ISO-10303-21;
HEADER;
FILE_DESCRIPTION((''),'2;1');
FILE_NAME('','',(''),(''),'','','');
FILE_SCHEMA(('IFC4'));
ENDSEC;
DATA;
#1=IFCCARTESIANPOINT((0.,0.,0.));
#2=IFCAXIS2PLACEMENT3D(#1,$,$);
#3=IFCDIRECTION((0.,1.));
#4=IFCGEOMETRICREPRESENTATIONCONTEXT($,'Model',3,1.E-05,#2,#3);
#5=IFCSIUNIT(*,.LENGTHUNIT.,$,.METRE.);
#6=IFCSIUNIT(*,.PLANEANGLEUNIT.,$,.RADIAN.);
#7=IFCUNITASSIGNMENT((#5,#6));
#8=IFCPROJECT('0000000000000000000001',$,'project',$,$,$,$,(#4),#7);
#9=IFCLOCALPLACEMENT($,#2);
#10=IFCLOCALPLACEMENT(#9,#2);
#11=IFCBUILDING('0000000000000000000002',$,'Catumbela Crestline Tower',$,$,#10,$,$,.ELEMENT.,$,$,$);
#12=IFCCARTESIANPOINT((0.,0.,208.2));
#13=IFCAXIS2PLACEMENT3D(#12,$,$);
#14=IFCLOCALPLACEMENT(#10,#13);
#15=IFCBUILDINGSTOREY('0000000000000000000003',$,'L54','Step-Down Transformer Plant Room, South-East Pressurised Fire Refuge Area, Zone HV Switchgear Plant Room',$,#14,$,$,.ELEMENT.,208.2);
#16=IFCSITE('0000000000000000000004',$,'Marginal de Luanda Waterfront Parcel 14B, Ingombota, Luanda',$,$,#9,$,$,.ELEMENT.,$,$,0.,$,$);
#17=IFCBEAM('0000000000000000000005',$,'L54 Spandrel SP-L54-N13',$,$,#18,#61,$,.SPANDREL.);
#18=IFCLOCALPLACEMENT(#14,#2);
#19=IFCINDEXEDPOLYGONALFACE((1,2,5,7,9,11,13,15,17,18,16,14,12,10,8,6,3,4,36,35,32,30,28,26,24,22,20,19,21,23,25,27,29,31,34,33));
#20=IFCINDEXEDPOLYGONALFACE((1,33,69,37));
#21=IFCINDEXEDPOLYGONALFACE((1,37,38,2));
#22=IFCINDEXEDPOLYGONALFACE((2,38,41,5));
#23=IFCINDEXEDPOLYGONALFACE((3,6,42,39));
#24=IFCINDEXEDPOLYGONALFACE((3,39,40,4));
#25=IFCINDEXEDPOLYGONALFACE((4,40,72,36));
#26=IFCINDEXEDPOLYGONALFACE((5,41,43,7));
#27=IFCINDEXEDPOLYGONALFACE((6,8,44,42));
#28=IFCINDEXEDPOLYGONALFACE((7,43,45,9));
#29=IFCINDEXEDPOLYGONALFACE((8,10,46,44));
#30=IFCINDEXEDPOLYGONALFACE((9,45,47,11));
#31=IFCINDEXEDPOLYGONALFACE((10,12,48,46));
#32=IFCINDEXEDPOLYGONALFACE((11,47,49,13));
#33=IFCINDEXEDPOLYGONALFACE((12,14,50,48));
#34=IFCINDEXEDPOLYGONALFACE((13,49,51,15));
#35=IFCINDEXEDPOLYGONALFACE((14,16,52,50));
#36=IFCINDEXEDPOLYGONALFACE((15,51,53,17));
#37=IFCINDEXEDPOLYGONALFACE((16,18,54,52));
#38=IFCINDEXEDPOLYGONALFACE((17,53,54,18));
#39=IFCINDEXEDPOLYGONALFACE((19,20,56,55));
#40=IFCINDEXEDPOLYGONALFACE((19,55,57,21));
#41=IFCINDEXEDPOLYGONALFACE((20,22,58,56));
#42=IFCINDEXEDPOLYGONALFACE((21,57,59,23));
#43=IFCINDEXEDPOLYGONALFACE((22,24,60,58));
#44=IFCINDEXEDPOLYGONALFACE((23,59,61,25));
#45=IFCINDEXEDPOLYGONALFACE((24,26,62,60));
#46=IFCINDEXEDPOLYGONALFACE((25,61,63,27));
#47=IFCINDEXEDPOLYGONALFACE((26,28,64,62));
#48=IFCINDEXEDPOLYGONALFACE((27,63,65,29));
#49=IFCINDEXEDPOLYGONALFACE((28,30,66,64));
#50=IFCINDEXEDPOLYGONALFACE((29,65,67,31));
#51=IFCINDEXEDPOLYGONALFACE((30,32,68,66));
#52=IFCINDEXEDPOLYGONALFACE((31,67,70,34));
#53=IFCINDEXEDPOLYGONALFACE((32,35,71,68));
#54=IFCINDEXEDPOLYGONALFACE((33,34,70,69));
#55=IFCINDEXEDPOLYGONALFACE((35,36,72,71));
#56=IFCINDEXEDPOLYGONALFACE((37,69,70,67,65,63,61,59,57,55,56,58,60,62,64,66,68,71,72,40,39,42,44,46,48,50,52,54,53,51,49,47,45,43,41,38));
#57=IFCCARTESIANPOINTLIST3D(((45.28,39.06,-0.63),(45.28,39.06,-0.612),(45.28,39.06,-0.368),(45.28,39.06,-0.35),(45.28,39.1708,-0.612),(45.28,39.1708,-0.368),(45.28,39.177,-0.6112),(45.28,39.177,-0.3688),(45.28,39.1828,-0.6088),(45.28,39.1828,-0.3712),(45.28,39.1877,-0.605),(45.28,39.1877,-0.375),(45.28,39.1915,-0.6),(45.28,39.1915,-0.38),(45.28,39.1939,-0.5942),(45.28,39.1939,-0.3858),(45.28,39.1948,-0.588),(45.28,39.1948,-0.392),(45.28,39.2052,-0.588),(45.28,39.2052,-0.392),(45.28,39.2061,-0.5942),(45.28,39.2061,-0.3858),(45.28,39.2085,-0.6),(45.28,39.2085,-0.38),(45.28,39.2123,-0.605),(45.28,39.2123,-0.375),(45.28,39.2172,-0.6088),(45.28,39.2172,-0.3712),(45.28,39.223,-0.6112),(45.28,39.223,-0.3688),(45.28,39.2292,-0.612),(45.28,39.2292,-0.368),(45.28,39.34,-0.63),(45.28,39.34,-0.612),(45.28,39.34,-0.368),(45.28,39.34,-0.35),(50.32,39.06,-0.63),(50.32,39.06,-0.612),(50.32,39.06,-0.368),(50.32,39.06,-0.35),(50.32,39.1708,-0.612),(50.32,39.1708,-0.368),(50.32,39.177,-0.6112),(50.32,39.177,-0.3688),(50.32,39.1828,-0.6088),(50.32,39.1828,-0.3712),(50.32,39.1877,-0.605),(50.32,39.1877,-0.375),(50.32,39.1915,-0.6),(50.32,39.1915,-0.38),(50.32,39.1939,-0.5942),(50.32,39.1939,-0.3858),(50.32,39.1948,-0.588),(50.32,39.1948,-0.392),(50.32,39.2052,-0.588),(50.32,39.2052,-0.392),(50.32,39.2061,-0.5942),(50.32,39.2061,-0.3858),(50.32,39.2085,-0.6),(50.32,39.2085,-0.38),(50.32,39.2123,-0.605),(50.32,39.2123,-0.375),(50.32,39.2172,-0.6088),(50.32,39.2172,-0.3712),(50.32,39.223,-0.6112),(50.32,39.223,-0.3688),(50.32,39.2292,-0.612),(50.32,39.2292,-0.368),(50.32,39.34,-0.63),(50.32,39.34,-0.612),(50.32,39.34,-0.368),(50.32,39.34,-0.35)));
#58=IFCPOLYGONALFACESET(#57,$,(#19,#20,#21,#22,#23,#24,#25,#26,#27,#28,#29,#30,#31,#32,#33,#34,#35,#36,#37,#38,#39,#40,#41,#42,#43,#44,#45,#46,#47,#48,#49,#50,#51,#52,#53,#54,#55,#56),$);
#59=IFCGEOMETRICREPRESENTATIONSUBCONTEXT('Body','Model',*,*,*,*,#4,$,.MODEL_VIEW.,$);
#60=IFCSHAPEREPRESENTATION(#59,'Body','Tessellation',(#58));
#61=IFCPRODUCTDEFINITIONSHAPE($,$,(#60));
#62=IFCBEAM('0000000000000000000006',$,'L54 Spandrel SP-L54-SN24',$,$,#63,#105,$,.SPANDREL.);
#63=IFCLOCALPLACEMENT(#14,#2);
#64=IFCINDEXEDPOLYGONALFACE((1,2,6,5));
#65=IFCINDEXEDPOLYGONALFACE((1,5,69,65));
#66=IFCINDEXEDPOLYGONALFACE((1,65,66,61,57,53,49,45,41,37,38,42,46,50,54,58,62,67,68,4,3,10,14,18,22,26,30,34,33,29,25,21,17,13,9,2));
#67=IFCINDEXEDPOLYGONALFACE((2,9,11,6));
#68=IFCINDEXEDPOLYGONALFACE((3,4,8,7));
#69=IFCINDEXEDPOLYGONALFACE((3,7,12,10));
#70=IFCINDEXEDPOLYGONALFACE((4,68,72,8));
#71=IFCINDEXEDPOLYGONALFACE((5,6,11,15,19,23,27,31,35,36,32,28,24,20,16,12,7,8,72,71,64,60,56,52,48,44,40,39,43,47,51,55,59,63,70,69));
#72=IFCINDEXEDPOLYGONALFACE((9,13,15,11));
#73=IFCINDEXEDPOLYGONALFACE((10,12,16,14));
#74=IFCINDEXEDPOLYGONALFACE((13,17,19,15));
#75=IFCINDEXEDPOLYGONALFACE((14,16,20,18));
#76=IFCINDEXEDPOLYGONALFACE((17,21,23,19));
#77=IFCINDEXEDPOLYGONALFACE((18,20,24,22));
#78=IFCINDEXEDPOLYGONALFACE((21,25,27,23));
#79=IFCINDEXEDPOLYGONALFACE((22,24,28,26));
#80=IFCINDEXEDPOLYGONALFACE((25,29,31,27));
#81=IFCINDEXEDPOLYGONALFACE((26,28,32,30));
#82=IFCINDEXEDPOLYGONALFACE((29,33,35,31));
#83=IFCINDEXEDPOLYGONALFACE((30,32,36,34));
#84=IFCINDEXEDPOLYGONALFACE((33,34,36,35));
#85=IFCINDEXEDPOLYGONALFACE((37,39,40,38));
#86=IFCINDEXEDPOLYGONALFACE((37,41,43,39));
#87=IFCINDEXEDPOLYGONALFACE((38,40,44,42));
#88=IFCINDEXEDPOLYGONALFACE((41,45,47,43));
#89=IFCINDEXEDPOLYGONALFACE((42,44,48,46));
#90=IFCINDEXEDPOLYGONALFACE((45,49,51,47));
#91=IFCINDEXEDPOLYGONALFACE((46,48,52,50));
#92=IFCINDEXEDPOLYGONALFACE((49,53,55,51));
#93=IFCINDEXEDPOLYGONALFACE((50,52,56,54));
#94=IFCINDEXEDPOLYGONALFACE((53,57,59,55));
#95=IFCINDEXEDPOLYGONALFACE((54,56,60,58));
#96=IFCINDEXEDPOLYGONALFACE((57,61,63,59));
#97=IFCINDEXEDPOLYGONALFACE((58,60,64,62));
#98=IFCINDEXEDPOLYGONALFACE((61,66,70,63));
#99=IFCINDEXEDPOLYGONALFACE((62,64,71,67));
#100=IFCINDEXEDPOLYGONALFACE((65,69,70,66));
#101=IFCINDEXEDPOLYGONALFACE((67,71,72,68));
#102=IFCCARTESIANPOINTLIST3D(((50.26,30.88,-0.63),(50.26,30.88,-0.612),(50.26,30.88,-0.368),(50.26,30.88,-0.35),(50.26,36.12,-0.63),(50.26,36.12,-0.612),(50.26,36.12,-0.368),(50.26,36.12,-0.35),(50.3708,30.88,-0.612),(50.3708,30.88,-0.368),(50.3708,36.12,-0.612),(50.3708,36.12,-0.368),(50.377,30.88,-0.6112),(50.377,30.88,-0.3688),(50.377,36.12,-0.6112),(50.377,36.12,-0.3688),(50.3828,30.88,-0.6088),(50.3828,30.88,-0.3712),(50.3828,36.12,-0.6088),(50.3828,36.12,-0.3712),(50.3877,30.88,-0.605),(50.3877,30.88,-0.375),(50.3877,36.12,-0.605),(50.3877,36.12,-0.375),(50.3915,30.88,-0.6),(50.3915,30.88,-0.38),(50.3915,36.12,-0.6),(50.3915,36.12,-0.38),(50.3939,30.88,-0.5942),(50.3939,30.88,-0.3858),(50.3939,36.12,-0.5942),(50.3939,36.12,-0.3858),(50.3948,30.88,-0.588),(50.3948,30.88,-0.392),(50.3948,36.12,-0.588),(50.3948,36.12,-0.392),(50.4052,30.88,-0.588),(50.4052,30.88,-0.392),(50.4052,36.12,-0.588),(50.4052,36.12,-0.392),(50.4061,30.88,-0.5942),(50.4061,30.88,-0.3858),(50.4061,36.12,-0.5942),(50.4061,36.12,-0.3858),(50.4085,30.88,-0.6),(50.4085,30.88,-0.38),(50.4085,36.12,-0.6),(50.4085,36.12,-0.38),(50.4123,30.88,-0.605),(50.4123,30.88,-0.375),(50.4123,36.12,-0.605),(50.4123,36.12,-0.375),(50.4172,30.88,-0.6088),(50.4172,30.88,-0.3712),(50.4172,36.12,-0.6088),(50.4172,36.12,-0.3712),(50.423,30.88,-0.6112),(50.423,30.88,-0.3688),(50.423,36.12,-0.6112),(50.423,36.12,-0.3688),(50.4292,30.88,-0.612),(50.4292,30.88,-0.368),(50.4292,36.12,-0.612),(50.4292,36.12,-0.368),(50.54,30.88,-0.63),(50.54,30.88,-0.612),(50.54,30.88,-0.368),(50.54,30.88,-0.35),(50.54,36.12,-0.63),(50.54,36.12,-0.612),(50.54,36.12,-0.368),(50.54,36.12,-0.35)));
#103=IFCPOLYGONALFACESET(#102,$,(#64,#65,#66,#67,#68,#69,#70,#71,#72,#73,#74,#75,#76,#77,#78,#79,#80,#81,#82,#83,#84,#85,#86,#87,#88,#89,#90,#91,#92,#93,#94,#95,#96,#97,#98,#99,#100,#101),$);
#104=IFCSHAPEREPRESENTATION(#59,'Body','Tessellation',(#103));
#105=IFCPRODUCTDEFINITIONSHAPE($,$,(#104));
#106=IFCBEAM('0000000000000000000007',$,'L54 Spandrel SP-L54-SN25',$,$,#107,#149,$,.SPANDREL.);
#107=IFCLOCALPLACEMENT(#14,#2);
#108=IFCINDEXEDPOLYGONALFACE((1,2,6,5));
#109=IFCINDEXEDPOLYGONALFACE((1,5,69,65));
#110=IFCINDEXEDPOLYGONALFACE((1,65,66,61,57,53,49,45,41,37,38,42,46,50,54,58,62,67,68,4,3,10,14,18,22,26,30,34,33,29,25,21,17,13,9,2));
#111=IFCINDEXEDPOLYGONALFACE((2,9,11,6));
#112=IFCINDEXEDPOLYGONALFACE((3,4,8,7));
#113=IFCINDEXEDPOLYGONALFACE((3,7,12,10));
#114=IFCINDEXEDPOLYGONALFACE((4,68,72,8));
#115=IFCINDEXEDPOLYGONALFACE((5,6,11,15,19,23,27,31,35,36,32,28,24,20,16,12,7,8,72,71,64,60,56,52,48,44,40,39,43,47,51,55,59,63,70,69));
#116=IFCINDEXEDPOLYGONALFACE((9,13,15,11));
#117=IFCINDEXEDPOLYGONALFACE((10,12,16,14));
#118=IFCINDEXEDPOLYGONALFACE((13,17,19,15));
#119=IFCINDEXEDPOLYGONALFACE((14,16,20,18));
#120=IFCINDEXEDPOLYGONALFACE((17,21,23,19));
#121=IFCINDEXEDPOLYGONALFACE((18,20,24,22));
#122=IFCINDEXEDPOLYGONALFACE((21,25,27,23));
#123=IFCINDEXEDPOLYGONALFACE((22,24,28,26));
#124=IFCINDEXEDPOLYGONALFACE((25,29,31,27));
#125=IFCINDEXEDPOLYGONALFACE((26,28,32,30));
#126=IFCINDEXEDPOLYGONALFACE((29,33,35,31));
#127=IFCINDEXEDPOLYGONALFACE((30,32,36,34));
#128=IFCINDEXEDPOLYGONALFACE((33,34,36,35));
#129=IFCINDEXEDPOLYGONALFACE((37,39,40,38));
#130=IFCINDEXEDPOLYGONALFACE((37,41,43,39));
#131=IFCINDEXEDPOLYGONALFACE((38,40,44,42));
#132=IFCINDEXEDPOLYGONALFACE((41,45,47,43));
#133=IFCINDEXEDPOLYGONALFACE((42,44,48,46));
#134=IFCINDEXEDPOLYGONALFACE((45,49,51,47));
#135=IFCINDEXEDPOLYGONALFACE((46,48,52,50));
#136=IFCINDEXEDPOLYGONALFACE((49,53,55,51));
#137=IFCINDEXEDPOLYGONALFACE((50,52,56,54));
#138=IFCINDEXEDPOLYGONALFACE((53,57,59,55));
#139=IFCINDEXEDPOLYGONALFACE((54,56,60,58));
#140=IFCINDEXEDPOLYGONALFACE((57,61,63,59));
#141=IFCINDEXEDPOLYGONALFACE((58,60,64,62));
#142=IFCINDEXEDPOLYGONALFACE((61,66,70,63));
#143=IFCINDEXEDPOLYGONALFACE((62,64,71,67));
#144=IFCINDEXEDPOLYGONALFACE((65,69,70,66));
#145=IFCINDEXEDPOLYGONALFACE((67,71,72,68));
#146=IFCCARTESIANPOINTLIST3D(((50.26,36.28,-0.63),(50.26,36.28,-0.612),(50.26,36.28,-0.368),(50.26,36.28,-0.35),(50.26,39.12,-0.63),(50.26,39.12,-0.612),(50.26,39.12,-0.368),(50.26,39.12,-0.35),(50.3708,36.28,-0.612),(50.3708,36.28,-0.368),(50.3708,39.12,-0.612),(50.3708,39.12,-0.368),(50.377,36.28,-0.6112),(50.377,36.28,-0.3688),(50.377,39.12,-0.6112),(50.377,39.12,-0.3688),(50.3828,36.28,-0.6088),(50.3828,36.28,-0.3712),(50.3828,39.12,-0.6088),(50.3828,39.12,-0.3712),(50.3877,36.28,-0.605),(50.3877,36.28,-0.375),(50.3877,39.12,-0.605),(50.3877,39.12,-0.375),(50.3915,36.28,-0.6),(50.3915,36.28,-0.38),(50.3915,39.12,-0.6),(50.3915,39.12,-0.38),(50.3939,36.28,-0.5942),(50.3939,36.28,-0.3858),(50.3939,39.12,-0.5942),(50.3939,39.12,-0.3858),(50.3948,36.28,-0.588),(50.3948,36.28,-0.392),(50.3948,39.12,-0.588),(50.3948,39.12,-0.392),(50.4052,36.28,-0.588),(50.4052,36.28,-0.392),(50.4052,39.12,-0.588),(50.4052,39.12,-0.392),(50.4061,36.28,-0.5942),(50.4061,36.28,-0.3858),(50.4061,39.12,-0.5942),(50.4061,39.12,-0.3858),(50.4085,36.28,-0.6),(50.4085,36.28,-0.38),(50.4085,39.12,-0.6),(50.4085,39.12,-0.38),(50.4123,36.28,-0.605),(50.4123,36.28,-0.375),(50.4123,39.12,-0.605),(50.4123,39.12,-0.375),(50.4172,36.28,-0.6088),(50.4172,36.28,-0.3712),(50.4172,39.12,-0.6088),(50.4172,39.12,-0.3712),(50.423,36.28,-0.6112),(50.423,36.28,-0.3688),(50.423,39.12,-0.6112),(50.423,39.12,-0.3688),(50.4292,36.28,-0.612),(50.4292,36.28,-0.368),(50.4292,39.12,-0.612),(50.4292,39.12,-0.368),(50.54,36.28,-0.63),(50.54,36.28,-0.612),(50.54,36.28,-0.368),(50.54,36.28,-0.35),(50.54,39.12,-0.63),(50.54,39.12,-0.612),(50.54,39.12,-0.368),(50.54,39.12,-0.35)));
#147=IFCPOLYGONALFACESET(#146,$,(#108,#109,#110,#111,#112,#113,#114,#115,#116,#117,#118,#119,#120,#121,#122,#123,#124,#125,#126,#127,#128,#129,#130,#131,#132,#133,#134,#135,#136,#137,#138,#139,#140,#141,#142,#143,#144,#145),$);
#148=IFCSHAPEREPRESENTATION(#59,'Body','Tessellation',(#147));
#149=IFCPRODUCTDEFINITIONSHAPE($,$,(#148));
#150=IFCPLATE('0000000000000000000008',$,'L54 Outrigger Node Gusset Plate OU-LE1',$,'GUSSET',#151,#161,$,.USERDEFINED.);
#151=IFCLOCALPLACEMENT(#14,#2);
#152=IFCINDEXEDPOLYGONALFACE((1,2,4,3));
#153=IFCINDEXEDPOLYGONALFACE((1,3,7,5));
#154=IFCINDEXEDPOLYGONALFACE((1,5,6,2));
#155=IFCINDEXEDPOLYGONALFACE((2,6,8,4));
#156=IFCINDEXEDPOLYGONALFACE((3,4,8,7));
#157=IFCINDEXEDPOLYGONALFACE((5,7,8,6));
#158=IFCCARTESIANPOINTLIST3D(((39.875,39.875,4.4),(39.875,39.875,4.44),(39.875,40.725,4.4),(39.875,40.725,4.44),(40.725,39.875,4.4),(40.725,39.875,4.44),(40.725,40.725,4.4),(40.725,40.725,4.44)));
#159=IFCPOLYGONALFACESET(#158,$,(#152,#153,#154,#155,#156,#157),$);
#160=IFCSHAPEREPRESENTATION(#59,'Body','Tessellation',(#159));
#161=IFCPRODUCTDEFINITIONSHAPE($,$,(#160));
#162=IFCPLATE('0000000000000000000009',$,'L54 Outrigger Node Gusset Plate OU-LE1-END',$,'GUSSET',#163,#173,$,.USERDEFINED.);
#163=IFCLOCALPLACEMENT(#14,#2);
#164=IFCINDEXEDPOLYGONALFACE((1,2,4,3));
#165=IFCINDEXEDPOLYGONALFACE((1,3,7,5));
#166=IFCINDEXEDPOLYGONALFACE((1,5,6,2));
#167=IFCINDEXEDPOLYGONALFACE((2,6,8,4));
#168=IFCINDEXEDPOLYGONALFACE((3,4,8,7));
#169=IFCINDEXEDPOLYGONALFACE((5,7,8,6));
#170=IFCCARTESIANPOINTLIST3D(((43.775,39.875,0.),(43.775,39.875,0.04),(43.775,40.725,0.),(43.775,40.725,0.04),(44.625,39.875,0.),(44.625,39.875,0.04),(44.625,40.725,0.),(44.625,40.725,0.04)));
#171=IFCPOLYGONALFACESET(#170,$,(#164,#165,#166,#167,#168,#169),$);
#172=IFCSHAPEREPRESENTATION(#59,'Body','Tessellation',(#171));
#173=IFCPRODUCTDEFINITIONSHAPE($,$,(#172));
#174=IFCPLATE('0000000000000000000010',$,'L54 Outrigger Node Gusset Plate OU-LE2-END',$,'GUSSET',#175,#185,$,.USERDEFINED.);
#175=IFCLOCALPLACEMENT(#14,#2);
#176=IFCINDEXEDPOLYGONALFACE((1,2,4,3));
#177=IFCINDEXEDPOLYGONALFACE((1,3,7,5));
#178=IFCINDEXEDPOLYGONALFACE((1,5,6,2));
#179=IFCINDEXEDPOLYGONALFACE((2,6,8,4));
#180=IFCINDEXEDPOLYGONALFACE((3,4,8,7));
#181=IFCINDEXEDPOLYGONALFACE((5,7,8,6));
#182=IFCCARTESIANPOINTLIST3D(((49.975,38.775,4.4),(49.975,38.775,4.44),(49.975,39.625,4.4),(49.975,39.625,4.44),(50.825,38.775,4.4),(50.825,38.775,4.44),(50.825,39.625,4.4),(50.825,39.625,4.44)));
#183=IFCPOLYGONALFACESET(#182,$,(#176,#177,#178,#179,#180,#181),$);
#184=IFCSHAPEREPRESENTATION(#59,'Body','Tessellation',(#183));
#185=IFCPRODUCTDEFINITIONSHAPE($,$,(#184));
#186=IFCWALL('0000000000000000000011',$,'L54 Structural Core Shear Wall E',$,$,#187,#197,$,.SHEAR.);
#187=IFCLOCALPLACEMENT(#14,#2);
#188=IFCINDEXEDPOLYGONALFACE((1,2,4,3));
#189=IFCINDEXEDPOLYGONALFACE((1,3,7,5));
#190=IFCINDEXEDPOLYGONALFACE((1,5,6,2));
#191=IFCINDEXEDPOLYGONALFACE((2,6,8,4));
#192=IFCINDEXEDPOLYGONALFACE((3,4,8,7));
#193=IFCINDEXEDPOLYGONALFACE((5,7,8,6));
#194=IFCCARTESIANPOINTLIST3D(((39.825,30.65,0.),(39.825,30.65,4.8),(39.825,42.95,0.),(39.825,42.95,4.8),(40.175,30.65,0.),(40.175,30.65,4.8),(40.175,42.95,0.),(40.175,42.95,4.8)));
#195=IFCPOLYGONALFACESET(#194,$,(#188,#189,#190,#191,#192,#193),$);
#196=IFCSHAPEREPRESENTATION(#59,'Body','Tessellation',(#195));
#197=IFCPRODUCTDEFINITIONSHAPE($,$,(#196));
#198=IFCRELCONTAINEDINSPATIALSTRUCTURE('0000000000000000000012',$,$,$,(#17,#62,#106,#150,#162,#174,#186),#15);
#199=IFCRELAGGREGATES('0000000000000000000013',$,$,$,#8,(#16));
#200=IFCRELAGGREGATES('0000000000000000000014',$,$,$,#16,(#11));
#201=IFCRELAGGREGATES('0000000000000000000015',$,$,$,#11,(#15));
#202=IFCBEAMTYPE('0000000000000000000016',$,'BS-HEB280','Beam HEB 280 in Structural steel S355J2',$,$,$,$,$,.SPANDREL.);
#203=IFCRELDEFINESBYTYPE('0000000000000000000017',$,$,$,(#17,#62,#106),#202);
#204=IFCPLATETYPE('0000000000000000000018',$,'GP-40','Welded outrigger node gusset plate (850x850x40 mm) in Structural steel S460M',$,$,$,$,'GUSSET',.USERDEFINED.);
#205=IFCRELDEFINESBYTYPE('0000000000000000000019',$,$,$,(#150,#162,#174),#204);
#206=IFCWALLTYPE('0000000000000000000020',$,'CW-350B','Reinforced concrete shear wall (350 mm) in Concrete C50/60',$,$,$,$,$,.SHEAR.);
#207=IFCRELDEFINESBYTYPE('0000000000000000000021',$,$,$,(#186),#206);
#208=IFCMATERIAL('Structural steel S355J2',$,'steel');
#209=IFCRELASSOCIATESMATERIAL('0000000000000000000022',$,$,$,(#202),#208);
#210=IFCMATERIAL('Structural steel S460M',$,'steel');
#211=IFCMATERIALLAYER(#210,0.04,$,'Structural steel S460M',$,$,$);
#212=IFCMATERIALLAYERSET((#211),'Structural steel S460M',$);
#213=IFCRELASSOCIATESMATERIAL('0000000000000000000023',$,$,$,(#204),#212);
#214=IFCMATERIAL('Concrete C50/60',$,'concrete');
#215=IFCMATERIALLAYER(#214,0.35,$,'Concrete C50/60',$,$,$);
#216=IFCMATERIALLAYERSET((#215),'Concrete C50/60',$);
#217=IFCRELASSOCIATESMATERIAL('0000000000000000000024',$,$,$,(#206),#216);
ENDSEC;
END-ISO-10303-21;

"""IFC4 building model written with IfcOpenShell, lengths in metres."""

from ifc_helpers import new_model, si_unit, direction, frame, frame_2d, origin, origin_2d, place, context, subcontext, project, spatial, rectangle, i_section, extrude, material, layer, layer_set, material_profile, profile_set, type_object, element, save


model = new_model("IFC4")

# Units and contexts
model_context = context("Model", 3, precision=1e-05, world=origin(), true_north=direction((0.0, 1.0)))
body_context = subcontext(model_context, "Body", "Model", "MODEL_VIEW")
ifc_project = project(units=[si_unit("LENGTHUNIT", "METRE"), si_unit("PLANEANGLEUNIT", "RADIAN")], contexts=[model_context])

# Site, building, storey
site_placement = place(None, origin())
site = spatial("IfcSite", under=ifc_project, at=site_placement, Name="Marginal de Luanda Waterfront Parcel 14B, Ingombota, Luanda", CompositionType="ELEMENT", RefElevation=0.0)
building_placement = place(site_placement, origin())
building = spatial("IfcBuilding", under=site, at=building_placement, Name="Catumbela Crestline Tower", CompositionType="ELEMENT")
storey_placement = place(building_placement, frame((0.0, 0.0, 208.2)))
storey = spatial("IfcBuildingStorey", under=building, at=storey_placement, Name="L54", Description="Step-Down Transformer Plant Room, South-East Pressurised Fire Refuge Area, Zone HV Switchgear Plant Room", CompositionType="ELEMENT", Elevation=208.2)

# Shared definitions
ifc_material_1 = material(Name="Structural steel S355J2", Category="steel")

# Shared definitions
ifc_material_2 = material(Name="Structural steel S460M", Category="steel")

# Beams
ifc_material_profile_1 = material_profile(ifc_material_1, i_section(OverallWidth=0.28, OverallDepth=0.28, WebThickness=0.0105, FlangeThickness=0.018, FilletRadius=0.024, at=origin_2d()), Name="HEB 280")
ifc_profile_set_1 = profile_set([ifc_material_profile_1], Name="Structural steel S355J2")
beam_type_1 = type_object("IfcBeamType", Name="BS-HEB280", Description="Beam HEB 280 in Structural steel S355J2", PredefinedType="SPANDREL", material=ifc_profile_set_1)
beam_1_placement = place(storey_placement, frame((45.28, 39.2, -0.49), z_axis=(1.0, 0.0, 0.0), x_axis=(0.0, 1.0, 0.0)))
element("IfcBeam", 1, at=beam_1_placement, inside=storey, type_object=beam_type_1, Name="L54 Spandrel SP-L54-N13", PredefinedType="SPANDREL", context=body_context, shape_type="SweptSolid", body=[
    extrude(i_section(OverallWidth=0.28, OverallDepth=0.28, WebThickness=0.0105, FlangeThickness=0.018, FilletRadius=0.024, at=origin_2d()), origin(), (0.0, 0.0, 1.0), 5.04),
])
beam_2_placement = place(storey_placement, frame((50.4, 30.88, -0.49), z_axis=(0.0, 1.0, 0.0), x_axis=(-1.0, 0.0, 0.0)))
element("IfcBeam", 2, at=beam_2_placement, inside=storey, type_object=beam_type_1, Name="L54 Spandrel SP-L54-SN24", PredefinedType="SPANDREL", context=body_context, shape_type="SweptSolid", body=[
    extrude(i_section(OverallWidth=0.28, OverallDepth=0.28, WebThickness=0.0105, FlangeThickness=0.018, FilletRadius=0.024, at=origin_2d()), origin(), (0.0, 0.0, 1.0), 5.24),
])
beam_3_placement = place(storey_placement, frame((50.4, 36.28, -0.49), z_axis=(0.0, 1.0, 0.0), x_axis=(-1.0, 0.0, 0.0)))
element("IfcBeam", 3, at=beam_3_placement, inside=storey, type_object=beam_type_1, Name="L54 Spandrel SP-L54-SN25", PredefinedType="SPANDREL", context=body_context, shape_type="SweptSolid", body=[
    extrude(i_section(OverallWidth=0.28, OverallDepth=0.28, WebThickness=0.0105, FlangeThickness=0.018, FilletRadius=0.024, at=origin_2d()), origin(), (0.0, 0.0, 1.0), 2.84),
])

# Plates
ifc_layer_1 = layer(ifc_material_2, 0.04, Name="Structural steel S460M")
ifc_layer_set_1 = layer_set([ifc_layer_1], Name="Structural steel S460M")
plate_type = type_object("IfcPlateType", Name="GP-40", Description="Welded outrigger node gusset plate (850x850x40 mm) in Structural steel S460M", ElementType="GUSSET", PredefinedType="USERDEFINED", material=ifc_layer_set_1)
for number, where, z_axis, x_axis, name in (
    (4, (40.3, 40.3, 4.4), (0.0, 0.0, 1.0), (1.0, 0.0, 0.0), "L54 Outrigger Node Gusset Plate OU-LE1"),
    (5, (44.2, 40.3, 0.0), (0.0, 0.0, 1.0), (1.0, 0.0, 0.0), "L54 Outrigger Node Gusset Plate OU-LE1-END"),
    (6, (50.4, 39.2, 4.4), (0.0, 0.0, 1.0), (1.0, 0.0, 0.0), "L54 Outrigger Node Gusset Plate OU-LE2-END"),
):
    element("IfcPlate", number, at=place(storey_placement, frame(where, z_axis=z_axis, x_axis=x_axis)), inside=storey, type_object=plate_type, Name=name, ObjectType="GUSSET", PredefinedType="USERDEFINED", context=body_context, shape_type="SweptSolid", body=[
        extrude(rectangle(XDim=0.85, YDim=0.85, at=origin_2d()), origin(), (0.0, 0.0, 1.0), 0.04),
    ])

# Wall
ifc_material_3 = material(Name="Concrete C50/60", Category="concrete")
ifc_layer_2 = layer(ifc_material_3, 0.35, Name="Concrete C50/60")
ifc_layer_set_2 = layer_set([ifc_layer_2], Name="Concrete C50/60")
wall_type_1 = type_object("IfcWallType", Name="CW-350B", Description="Reinforced concrete shear wall (350 mm) in Concrete C50/60", PredefinedType="SHEAR", material=ifc_layer_set_2)
wall_1_placement = place(storey_placement, frame((40.0, 30.65, 0.0), z_axis=(0.0, 0.0, 1.0), x_axis=(0.0, 1.0, 0.0)))
element("IfcWall", 7, at=wall_1_placement, inside=storey, type_object=wall_type_1, Name="L54 Structural Core Shear Wall E", PredefinedType="SHEAR", context=body_context, shape_type="SweptSolid", body=[
    extrude(rectangle(XDim=12.3, YDim=0.35, at=frame_2d((6.15, 0.0))), origin(), (0.0, 0.0, 1.0), 4.8),
])

save(model, "model.ifc")
